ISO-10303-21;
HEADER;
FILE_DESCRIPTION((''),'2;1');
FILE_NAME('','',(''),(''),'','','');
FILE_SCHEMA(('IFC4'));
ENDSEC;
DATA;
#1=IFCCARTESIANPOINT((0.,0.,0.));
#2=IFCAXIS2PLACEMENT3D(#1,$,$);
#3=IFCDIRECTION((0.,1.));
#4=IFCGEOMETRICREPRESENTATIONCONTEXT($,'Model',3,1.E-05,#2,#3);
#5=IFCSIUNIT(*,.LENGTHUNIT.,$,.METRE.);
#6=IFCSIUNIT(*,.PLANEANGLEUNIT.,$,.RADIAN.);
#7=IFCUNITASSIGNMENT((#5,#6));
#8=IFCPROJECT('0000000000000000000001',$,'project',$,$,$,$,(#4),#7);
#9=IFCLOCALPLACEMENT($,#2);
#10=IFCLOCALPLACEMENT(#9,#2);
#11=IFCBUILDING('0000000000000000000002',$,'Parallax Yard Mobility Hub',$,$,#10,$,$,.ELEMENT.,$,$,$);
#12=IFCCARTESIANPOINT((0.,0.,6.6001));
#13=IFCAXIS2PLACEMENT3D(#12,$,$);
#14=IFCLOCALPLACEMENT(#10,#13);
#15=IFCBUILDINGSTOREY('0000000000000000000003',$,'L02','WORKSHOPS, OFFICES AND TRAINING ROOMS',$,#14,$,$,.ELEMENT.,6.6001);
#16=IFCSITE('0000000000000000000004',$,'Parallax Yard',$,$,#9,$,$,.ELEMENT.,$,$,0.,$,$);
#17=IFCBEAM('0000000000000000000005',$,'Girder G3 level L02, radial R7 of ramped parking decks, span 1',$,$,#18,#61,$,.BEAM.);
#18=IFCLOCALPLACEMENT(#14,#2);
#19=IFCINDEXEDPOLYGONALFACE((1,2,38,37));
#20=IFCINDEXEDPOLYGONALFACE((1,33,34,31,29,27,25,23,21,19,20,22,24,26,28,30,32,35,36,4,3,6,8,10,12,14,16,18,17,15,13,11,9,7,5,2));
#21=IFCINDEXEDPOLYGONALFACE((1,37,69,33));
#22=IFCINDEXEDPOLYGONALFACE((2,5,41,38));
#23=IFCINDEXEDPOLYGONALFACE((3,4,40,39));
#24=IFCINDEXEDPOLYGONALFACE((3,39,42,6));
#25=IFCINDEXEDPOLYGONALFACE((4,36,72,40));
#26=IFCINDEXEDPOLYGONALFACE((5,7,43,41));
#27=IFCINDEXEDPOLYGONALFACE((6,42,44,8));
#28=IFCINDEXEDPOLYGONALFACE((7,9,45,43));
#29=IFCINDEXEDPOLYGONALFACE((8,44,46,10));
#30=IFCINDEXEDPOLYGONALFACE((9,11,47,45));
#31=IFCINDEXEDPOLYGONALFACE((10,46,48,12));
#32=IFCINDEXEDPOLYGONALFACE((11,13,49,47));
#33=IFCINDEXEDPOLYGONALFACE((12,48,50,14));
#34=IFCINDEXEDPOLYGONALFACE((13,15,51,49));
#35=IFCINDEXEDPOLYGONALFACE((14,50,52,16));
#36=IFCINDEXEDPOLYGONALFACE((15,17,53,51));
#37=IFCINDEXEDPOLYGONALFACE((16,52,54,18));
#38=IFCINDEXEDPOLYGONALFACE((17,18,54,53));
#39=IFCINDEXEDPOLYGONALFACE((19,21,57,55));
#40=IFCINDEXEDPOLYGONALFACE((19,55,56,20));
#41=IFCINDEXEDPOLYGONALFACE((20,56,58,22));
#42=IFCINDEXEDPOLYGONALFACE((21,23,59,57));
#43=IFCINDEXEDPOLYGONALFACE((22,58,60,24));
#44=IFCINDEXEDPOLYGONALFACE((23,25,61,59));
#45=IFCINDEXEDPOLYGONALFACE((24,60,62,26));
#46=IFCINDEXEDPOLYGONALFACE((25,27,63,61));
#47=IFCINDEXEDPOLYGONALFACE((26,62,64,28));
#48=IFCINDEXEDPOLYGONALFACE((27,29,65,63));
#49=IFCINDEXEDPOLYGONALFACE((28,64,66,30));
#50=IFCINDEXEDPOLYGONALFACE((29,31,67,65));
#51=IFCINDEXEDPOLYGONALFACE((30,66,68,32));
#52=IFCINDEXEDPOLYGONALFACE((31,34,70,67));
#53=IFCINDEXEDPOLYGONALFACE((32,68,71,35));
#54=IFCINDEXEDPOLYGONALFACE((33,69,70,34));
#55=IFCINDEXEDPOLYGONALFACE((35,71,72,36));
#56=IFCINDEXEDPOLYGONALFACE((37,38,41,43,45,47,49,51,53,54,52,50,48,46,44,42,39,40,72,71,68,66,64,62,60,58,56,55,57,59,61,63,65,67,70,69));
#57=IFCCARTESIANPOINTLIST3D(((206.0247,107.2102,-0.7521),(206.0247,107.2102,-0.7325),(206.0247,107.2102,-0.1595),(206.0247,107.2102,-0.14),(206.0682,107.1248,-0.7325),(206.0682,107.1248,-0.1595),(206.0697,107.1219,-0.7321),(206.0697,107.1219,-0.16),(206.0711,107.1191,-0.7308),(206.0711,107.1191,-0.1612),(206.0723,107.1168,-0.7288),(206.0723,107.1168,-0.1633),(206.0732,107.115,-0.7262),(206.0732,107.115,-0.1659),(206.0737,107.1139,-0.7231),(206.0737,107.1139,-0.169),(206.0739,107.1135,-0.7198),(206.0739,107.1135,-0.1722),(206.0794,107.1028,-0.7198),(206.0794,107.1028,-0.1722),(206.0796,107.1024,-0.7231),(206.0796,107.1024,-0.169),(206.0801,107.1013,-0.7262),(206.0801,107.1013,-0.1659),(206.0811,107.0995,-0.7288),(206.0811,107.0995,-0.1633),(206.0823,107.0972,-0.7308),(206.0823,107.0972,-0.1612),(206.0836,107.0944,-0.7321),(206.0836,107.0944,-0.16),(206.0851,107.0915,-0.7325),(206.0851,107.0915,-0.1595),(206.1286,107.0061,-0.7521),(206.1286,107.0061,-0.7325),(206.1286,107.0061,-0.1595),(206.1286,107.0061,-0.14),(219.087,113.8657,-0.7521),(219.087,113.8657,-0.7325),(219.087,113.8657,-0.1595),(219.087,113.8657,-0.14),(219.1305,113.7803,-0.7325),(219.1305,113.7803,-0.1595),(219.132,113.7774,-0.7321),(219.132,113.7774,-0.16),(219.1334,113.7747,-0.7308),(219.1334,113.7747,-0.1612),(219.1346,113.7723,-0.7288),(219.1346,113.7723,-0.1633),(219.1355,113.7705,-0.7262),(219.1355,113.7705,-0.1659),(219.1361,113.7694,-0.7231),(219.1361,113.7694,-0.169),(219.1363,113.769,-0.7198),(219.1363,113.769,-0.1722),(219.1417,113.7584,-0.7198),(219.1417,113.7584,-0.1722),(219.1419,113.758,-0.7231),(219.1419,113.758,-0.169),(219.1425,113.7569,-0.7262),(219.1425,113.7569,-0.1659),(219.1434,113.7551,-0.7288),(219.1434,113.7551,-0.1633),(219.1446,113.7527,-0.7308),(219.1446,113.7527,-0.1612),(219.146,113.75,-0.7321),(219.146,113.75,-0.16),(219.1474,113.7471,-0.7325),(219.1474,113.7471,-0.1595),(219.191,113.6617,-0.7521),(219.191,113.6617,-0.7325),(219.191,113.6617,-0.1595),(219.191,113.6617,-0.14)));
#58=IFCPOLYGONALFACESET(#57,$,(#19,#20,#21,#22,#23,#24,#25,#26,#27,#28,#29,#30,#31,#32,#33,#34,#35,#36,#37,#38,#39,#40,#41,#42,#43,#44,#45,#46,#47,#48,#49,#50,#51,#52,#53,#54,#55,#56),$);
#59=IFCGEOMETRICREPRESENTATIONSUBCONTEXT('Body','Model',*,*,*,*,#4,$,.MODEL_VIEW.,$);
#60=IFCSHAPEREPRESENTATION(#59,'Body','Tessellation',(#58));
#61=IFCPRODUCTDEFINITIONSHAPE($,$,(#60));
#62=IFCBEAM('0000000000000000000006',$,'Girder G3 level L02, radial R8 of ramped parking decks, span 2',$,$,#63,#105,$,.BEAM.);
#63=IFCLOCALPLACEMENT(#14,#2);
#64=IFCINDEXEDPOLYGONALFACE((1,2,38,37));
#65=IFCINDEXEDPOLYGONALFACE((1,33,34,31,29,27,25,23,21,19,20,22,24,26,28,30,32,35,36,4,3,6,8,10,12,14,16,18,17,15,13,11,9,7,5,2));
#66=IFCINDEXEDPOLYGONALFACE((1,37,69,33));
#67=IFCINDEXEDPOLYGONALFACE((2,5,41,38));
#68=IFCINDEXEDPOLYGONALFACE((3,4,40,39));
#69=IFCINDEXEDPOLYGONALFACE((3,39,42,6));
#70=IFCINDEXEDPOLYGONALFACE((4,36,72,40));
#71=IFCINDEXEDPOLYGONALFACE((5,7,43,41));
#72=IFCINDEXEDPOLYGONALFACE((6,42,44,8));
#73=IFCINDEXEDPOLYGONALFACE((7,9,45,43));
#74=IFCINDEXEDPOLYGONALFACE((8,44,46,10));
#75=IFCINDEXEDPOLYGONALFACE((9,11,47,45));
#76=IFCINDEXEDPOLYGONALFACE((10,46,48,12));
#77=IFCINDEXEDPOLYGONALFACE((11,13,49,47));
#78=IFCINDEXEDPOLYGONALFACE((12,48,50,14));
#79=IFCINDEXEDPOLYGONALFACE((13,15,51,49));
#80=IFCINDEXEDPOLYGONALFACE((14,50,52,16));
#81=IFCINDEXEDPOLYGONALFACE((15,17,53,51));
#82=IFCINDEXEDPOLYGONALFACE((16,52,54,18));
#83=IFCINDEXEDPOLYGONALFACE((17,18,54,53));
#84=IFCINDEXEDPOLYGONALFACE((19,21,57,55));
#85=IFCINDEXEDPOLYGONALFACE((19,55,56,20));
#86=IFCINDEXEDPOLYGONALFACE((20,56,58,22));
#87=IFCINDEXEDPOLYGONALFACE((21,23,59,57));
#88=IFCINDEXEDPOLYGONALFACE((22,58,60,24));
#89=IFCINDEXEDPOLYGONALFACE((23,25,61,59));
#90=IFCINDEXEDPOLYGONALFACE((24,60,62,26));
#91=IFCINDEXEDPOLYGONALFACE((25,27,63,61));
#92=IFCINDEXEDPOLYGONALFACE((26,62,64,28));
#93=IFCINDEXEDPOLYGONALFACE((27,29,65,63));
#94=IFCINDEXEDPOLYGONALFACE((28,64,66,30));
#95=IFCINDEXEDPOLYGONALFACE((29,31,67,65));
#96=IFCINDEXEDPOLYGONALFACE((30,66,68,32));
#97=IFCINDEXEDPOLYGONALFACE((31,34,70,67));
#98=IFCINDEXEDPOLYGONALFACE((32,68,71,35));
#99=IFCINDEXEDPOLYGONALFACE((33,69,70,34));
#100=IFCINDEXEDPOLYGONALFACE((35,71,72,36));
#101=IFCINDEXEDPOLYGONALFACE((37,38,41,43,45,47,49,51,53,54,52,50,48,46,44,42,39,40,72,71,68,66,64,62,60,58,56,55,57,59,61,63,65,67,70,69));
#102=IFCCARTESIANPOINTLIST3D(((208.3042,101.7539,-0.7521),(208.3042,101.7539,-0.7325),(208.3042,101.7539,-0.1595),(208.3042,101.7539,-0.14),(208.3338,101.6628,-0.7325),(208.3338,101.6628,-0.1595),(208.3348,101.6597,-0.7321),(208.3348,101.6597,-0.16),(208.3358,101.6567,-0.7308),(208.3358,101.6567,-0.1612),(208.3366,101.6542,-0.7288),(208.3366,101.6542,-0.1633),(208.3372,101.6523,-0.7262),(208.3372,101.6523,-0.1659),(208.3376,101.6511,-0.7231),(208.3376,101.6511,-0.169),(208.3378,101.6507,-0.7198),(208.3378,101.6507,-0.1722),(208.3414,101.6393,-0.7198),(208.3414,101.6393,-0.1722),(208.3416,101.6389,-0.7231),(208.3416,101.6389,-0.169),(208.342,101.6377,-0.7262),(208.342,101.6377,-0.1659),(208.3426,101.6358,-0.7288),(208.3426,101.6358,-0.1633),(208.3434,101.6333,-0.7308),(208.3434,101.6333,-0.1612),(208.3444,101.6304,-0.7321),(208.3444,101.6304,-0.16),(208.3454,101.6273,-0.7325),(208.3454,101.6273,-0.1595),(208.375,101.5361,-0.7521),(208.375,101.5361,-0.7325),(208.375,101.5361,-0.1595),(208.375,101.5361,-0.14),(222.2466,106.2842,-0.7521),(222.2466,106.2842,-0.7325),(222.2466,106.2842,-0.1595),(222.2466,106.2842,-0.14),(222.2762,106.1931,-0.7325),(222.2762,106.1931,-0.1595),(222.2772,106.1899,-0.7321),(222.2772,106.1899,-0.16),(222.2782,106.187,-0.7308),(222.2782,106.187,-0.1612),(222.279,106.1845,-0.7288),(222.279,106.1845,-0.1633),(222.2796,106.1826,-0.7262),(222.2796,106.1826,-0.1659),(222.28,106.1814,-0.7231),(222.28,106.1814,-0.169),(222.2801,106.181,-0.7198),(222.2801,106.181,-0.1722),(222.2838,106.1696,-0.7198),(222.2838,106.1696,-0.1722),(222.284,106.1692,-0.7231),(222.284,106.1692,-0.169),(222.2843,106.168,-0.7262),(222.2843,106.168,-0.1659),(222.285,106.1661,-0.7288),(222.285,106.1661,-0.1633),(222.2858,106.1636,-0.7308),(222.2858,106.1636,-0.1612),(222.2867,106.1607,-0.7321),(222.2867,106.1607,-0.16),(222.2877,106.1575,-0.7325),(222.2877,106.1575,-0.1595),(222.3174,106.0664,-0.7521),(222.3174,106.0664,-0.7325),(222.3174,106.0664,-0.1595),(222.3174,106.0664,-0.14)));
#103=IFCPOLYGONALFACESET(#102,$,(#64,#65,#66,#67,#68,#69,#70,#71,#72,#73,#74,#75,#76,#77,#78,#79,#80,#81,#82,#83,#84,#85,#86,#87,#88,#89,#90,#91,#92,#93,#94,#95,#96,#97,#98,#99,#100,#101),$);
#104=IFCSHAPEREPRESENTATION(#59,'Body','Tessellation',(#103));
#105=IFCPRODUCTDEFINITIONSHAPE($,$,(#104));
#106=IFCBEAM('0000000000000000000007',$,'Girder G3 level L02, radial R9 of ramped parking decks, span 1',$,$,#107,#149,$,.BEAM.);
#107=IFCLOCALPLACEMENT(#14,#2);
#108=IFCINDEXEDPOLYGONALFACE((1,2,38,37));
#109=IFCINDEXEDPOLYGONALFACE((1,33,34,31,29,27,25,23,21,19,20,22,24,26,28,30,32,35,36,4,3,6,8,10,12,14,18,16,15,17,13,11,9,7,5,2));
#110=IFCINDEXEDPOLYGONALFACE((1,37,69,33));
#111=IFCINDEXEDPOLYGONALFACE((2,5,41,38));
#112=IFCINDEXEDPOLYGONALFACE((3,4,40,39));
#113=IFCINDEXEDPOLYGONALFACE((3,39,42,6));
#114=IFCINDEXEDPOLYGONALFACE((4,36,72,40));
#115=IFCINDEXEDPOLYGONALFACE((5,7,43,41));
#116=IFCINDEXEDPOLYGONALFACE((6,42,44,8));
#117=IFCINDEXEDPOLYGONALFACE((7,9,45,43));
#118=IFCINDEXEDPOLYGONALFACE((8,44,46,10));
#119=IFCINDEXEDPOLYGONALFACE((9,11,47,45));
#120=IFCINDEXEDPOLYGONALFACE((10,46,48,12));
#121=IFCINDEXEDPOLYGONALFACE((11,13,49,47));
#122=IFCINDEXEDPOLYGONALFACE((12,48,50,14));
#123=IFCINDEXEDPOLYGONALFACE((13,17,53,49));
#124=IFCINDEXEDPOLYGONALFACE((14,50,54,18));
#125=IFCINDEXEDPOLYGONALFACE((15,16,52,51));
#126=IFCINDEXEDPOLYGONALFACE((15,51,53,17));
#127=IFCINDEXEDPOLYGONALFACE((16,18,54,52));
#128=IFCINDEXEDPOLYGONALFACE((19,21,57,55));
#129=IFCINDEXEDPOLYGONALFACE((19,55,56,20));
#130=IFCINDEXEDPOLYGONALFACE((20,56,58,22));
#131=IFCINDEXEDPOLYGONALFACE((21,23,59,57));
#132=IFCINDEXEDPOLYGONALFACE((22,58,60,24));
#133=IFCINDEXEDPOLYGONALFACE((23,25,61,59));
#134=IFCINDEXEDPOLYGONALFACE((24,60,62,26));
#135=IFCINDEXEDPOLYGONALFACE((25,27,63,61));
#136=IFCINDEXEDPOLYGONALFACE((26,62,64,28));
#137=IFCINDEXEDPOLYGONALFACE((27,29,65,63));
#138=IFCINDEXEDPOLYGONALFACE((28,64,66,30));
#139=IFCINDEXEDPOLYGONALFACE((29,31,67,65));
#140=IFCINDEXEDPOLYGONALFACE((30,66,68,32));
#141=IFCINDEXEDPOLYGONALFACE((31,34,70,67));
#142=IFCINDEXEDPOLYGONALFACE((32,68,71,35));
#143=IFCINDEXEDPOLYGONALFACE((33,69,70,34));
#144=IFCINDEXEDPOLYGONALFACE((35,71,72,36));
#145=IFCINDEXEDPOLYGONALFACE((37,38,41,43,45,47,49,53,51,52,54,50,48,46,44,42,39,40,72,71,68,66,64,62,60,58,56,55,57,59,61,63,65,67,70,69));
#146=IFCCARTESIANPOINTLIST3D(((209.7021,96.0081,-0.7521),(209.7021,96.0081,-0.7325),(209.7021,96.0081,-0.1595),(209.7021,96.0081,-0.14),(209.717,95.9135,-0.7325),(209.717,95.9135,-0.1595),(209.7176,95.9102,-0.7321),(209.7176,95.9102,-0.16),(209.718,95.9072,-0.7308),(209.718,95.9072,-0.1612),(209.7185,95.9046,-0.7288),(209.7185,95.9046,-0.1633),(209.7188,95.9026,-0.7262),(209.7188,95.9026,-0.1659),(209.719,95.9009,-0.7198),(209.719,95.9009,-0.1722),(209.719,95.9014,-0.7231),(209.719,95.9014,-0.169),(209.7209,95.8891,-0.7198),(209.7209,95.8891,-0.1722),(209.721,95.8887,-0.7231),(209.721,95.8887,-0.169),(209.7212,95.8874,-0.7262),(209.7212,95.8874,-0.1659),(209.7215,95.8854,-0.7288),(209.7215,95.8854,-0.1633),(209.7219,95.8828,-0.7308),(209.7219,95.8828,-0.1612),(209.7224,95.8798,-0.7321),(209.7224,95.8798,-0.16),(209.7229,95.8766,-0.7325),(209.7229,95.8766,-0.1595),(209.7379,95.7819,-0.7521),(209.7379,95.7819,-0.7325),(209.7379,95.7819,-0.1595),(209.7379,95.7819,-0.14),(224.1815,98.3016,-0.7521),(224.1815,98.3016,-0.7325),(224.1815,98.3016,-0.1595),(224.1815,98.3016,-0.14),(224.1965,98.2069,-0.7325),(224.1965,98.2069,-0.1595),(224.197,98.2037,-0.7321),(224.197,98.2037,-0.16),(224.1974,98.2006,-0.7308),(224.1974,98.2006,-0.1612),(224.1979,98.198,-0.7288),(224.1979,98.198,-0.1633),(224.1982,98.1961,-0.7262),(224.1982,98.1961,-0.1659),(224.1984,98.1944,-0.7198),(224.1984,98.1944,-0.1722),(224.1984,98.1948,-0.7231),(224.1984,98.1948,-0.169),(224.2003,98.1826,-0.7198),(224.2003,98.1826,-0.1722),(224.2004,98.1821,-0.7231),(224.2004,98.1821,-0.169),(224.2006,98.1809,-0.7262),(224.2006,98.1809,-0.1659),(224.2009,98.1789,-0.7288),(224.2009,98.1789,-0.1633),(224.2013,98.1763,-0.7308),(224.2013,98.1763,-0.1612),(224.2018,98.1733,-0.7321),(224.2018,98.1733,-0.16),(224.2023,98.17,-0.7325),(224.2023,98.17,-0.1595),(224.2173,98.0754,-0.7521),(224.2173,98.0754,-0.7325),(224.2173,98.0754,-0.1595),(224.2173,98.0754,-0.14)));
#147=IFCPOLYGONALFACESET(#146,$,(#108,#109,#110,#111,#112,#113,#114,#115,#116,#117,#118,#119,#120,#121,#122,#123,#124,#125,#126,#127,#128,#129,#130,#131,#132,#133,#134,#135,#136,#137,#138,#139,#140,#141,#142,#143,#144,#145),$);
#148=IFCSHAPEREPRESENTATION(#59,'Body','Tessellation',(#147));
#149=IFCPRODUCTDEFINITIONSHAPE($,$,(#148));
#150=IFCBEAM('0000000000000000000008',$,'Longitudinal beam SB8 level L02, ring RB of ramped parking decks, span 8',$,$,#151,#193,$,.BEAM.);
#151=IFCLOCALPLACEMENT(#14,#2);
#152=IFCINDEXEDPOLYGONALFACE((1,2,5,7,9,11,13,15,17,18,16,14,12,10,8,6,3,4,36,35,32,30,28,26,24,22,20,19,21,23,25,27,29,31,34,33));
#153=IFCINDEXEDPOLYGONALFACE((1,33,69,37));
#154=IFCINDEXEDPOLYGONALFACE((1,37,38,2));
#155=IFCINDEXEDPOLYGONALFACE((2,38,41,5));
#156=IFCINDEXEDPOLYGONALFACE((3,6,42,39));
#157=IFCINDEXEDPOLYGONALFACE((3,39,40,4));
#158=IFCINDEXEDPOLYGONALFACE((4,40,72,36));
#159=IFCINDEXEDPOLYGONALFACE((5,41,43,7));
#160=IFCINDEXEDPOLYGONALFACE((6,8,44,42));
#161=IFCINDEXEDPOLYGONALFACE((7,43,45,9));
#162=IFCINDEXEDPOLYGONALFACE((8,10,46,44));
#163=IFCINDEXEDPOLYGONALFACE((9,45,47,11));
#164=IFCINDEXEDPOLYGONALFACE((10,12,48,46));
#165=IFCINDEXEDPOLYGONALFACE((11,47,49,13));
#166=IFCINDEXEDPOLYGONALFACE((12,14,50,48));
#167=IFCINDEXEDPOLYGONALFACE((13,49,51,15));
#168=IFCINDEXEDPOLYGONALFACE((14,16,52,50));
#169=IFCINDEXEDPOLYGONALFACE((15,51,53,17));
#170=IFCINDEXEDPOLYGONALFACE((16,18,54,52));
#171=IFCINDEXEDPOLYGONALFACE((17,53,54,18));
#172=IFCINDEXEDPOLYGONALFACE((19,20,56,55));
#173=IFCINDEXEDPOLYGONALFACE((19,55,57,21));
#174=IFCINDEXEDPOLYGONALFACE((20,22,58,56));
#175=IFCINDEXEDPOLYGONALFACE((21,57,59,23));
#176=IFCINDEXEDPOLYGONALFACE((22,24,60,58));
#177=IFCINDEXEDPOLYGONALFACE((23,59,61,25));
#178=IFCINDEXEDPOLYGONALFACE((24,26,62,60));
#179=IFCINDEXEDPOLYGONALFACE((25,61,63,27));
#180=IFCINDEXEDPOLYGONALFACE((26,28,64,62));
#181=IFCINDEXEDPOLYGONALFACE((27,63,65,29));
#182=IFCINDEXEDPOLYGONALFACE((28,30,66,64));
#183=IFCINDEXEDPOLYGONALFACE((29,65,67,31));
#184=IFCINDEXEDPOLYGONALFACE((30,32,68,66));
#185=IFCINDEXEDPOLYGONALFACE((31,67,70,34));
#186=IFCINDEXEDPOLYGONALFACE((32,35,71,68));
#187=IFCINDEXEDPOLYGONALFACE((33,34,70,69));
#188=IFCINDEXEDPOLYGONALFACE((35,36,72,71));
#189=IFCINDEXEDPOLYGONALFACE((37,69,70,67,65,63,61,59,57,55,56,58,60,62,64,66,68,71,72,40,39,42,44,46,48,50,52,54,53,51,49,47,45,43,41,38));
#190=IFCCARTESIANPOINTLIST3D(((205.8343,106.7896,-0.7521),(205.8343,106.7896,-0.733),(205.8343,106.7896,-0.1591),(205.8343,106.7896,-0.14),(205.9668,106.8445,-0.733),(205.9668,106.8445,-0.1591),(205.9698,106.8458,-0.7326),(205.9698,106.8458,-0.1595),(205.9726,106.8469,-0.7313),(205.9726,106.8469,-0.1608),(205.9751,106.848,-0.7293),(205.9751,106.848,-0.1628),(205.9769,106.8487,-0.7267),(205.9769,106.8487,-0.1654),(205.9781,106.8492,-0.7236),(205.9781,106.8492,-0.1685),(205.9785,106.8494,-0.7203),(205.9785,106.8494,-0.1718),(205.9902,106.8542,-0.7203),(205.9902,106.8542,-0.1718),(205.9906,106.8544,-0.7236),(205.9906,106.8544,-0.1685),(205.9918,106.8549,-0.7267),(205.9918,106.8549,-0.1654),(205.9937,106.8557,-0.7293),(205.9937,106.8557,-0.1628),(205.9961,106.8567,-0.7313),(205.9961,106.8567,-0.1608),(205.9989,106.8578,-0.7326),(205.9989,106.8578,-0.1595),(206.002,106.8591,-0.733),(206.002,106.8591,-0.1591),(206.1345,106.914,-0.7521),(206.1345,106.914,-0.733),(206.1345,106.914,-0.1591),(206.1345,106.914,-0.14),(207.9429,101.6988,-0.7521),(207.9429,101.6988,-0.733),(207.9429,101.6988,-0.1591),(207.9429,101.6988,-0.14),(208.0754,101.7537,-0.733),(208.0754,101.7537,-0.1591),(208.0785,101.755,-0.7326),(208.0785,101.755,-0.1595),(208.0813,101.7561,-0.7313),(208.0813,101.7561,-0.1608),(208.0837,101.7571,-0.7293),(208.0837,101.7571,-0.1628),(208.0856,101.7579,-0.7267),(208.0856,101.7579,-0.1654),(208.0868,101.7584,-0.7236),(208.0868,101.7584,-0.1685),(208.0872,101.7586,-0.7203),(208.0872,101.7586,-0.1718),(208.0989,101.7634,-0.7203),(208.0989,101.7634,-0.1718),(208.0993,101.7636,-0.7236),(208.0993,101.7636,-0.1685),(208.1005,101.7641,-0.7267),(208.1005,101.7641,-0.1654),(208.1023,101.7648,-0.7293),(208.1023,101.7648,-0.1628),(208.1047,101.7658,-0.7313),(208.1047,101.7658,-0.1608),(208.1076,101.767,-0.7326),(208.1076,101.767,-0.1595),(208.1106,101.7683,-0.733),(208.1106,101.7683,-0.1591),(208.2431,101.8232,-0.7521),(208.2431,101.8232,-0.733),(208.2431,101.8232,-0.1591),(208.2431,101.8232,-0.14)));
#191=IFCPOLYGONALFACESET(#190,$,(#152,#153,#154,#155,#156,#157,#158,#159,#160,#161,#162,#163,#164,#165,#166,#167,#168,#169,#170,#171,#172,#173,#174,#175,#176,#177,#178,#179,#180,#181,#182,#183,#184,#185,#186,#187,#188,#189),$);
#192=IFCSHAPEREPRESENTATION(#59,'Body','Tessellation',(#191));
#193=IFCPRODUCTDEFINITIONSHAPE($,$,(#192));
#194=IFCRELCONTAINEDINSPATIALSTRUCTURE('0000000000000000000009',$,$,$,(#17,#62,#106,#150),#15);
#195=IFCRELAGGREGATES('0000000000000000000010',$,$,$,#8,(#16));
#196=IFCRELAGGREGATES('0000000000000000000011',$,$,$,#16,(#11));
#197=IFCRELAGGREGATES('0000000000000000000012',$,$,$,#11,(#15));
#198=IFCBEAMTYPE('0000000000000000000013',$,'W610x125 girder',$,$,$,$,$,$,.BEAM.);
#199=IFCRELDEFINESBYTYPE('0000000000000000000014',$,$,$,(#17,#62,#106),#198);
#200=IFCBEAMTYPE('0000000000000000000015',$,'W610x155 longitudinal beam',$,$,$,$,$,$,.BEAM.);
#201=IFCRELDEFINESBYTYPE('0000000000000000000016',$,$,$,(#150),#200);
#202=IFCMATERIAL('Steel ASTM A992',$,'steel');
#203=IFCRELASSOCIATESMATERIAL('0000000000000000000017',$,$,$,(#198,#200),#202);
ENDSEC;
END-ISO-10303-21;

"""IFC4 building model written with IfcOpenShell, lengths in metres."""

from ifc_helpers import new_model, si_unit, direction, frame, origin, origin_2d, place, context, subcontext, project, spatial, i_section, extrude, material, material_profile, profile_set, type_object, element, save


model = new_model("IFC4")

# Units and contexts
model_context = context("Model", 3, precision=1e-05, world=origin(), true_north=direction((0.0, 1.0)))
body_context = subcontext(model_context, "Body", "Model", "MODEL_VIEW")
ifc_project = project(units=[si_unit("LENGTHUNIT", "METRE"), si_unit("PLANEANGLEUNIT", "RADIAN")], contexts=[model_context])

# Site, building, storey
site_placement = place(None, origin())
site = spatial("IfcSite", under=ifc_project, at=site_placement, Name="Parallax Yard", CompositionType="ELEMENT", RefElevation=0.0)
building_placement = place(site_placement, origin())
building = spatial("IfcBuilding", under=site, at=building_placement, Name="Parallax Yard Mobility Hub", CompositionType="ELEMENT")
storey_placement = place(building_placement, frame((0.0, 0.0, 6.6001)))
storey = spatial("IfcBuildingStorey", under=building, at=storey_placement, Name="L02", Description="WORKSHOPS, OFFICES AND TRAINING ROOMS", CompositionType="ELEMENT", Elevation=6.6001)

# Shared definitions
ifc_material_1 = material(Name="Steel ASTM A992", Category="steel")

# Beams
ifc_material_profile_1 = material_profile(ifc_material_1, i_section(OverallWidth=0.229, OverallDepth=0.6121, WebThickness=0.012, FlangeThickness=0.0195, FilletRadius=0.0127, at=origin_2d()), Name="W610x125")
ifc_profile_set_1 = profile_set([ifc_material_profile_1], Name="Steel ASTM A992")
beam_type_1 = type_object("IfcBeamType", Name="W610x125 girder", PredefinedType="BEAM", material=ifc_profile_set_1)
beam_1_placement = place(storey_placement, frame((206.0767, 107.1082, -0.446), z_axis=(0.891007, 0.453989, 0.0), x_axis=(-0.453989, 0.891007, 0.0)))
element("IfcBeam", 1, at=beam_1_placement, inside=storey, type_object=beam_type_1, Name="Girder G3 level L02, radial R7 of ramped parking decks, span 1", PredefinedType="BEAM", context=body_context, shape_type="SweptSolid", body=[
    extrude(i_section(OverallWidth=0.229, OverallDepth=0.6121, WebThickness=0.012, FlangeThickness=0.0195, FilletRadius=0.0127, at=origin_2d()), origin(), (0.0, 0.0, 1.0), 14.6602),
])
for number, where, z_axis, x_axis, name in (
    (2, (208.3396, 101.645, -0.446), (0.951054, 0.309024, 0.0), (-0.309024, 0.951054, 0.0), "Girder G3 level L02, radial R8 of ramped parking decks, span 2"),
    (3, (209.72, 95.895, -0.446), (0.987687, 0.156443, 0.0), (-0.156443, 0.987687, 0.0), "Girder G3 level L02, radial R9 of ramped parking decks, span 1"),
):
    element("IfcBeam", number, at=place(storey_placement, frame(where, z_axis=z_axis, x_axis=x_axis)), inside=storey, type_object=beam_type_1, Name=name, PredefinedType="BEAM", context=body_context, shape_type="SweptSolid", body=[
        extrude(i_section(OverallWidth=0.229, OverallDepth=0.6121, WebThickness=0.012, FlangeThickness=0.0195, FilletRadius=0.0127, at=origin_2d()), origin(), (0.0, 0.0, 1.0), 14.6599),
    ])
ifc_material_profile_2 = material_profile(ifc_material_1, i_section(OverallWidth=0.325, OverallDepth=0.6121, WebThickness=0.0127, FlangeThickness=0.019, FilletRadius=0.0127, at=origin_2d()), Name="W610x155")
ifc_profile_set_2 = profile_set([ifc_material_profile_2], Name="Steel ASTM A992")
beam_type_2 = type_object("IfcBeamType", Name="W610x155 longitudinal beam", PredefinedType="BEAM", material=ifc_profile_set_2)
beam_2_placement = place(storey_placement, frame((205.9844, 106.8518, -0.446), z_axis=(0.382677, -0.923882, 0.0), x_axis=(0.923882, 0.382677, 0.0)))
element("IfcBeam", 4, at=beam_2_placement, inside=storey, type_object=beam_type_2, Name="Longitudinal beam SB8 level L02, ring RB of ramped parking decks, span 8", PredefinedType="BEAM", context=body_context, shape_type="SweptSolid", body=[
    extrude(i_section(OverallWidth=0.325, OverallDepth=0.6121, WebThickness=0.0127, FlangeThickness=0.019, FilletRadius=0.0127, at=origin_2d()), origin(), (0.0, 0.0, 1.0), 5.5103),
])

save(model, "model.ifc")
